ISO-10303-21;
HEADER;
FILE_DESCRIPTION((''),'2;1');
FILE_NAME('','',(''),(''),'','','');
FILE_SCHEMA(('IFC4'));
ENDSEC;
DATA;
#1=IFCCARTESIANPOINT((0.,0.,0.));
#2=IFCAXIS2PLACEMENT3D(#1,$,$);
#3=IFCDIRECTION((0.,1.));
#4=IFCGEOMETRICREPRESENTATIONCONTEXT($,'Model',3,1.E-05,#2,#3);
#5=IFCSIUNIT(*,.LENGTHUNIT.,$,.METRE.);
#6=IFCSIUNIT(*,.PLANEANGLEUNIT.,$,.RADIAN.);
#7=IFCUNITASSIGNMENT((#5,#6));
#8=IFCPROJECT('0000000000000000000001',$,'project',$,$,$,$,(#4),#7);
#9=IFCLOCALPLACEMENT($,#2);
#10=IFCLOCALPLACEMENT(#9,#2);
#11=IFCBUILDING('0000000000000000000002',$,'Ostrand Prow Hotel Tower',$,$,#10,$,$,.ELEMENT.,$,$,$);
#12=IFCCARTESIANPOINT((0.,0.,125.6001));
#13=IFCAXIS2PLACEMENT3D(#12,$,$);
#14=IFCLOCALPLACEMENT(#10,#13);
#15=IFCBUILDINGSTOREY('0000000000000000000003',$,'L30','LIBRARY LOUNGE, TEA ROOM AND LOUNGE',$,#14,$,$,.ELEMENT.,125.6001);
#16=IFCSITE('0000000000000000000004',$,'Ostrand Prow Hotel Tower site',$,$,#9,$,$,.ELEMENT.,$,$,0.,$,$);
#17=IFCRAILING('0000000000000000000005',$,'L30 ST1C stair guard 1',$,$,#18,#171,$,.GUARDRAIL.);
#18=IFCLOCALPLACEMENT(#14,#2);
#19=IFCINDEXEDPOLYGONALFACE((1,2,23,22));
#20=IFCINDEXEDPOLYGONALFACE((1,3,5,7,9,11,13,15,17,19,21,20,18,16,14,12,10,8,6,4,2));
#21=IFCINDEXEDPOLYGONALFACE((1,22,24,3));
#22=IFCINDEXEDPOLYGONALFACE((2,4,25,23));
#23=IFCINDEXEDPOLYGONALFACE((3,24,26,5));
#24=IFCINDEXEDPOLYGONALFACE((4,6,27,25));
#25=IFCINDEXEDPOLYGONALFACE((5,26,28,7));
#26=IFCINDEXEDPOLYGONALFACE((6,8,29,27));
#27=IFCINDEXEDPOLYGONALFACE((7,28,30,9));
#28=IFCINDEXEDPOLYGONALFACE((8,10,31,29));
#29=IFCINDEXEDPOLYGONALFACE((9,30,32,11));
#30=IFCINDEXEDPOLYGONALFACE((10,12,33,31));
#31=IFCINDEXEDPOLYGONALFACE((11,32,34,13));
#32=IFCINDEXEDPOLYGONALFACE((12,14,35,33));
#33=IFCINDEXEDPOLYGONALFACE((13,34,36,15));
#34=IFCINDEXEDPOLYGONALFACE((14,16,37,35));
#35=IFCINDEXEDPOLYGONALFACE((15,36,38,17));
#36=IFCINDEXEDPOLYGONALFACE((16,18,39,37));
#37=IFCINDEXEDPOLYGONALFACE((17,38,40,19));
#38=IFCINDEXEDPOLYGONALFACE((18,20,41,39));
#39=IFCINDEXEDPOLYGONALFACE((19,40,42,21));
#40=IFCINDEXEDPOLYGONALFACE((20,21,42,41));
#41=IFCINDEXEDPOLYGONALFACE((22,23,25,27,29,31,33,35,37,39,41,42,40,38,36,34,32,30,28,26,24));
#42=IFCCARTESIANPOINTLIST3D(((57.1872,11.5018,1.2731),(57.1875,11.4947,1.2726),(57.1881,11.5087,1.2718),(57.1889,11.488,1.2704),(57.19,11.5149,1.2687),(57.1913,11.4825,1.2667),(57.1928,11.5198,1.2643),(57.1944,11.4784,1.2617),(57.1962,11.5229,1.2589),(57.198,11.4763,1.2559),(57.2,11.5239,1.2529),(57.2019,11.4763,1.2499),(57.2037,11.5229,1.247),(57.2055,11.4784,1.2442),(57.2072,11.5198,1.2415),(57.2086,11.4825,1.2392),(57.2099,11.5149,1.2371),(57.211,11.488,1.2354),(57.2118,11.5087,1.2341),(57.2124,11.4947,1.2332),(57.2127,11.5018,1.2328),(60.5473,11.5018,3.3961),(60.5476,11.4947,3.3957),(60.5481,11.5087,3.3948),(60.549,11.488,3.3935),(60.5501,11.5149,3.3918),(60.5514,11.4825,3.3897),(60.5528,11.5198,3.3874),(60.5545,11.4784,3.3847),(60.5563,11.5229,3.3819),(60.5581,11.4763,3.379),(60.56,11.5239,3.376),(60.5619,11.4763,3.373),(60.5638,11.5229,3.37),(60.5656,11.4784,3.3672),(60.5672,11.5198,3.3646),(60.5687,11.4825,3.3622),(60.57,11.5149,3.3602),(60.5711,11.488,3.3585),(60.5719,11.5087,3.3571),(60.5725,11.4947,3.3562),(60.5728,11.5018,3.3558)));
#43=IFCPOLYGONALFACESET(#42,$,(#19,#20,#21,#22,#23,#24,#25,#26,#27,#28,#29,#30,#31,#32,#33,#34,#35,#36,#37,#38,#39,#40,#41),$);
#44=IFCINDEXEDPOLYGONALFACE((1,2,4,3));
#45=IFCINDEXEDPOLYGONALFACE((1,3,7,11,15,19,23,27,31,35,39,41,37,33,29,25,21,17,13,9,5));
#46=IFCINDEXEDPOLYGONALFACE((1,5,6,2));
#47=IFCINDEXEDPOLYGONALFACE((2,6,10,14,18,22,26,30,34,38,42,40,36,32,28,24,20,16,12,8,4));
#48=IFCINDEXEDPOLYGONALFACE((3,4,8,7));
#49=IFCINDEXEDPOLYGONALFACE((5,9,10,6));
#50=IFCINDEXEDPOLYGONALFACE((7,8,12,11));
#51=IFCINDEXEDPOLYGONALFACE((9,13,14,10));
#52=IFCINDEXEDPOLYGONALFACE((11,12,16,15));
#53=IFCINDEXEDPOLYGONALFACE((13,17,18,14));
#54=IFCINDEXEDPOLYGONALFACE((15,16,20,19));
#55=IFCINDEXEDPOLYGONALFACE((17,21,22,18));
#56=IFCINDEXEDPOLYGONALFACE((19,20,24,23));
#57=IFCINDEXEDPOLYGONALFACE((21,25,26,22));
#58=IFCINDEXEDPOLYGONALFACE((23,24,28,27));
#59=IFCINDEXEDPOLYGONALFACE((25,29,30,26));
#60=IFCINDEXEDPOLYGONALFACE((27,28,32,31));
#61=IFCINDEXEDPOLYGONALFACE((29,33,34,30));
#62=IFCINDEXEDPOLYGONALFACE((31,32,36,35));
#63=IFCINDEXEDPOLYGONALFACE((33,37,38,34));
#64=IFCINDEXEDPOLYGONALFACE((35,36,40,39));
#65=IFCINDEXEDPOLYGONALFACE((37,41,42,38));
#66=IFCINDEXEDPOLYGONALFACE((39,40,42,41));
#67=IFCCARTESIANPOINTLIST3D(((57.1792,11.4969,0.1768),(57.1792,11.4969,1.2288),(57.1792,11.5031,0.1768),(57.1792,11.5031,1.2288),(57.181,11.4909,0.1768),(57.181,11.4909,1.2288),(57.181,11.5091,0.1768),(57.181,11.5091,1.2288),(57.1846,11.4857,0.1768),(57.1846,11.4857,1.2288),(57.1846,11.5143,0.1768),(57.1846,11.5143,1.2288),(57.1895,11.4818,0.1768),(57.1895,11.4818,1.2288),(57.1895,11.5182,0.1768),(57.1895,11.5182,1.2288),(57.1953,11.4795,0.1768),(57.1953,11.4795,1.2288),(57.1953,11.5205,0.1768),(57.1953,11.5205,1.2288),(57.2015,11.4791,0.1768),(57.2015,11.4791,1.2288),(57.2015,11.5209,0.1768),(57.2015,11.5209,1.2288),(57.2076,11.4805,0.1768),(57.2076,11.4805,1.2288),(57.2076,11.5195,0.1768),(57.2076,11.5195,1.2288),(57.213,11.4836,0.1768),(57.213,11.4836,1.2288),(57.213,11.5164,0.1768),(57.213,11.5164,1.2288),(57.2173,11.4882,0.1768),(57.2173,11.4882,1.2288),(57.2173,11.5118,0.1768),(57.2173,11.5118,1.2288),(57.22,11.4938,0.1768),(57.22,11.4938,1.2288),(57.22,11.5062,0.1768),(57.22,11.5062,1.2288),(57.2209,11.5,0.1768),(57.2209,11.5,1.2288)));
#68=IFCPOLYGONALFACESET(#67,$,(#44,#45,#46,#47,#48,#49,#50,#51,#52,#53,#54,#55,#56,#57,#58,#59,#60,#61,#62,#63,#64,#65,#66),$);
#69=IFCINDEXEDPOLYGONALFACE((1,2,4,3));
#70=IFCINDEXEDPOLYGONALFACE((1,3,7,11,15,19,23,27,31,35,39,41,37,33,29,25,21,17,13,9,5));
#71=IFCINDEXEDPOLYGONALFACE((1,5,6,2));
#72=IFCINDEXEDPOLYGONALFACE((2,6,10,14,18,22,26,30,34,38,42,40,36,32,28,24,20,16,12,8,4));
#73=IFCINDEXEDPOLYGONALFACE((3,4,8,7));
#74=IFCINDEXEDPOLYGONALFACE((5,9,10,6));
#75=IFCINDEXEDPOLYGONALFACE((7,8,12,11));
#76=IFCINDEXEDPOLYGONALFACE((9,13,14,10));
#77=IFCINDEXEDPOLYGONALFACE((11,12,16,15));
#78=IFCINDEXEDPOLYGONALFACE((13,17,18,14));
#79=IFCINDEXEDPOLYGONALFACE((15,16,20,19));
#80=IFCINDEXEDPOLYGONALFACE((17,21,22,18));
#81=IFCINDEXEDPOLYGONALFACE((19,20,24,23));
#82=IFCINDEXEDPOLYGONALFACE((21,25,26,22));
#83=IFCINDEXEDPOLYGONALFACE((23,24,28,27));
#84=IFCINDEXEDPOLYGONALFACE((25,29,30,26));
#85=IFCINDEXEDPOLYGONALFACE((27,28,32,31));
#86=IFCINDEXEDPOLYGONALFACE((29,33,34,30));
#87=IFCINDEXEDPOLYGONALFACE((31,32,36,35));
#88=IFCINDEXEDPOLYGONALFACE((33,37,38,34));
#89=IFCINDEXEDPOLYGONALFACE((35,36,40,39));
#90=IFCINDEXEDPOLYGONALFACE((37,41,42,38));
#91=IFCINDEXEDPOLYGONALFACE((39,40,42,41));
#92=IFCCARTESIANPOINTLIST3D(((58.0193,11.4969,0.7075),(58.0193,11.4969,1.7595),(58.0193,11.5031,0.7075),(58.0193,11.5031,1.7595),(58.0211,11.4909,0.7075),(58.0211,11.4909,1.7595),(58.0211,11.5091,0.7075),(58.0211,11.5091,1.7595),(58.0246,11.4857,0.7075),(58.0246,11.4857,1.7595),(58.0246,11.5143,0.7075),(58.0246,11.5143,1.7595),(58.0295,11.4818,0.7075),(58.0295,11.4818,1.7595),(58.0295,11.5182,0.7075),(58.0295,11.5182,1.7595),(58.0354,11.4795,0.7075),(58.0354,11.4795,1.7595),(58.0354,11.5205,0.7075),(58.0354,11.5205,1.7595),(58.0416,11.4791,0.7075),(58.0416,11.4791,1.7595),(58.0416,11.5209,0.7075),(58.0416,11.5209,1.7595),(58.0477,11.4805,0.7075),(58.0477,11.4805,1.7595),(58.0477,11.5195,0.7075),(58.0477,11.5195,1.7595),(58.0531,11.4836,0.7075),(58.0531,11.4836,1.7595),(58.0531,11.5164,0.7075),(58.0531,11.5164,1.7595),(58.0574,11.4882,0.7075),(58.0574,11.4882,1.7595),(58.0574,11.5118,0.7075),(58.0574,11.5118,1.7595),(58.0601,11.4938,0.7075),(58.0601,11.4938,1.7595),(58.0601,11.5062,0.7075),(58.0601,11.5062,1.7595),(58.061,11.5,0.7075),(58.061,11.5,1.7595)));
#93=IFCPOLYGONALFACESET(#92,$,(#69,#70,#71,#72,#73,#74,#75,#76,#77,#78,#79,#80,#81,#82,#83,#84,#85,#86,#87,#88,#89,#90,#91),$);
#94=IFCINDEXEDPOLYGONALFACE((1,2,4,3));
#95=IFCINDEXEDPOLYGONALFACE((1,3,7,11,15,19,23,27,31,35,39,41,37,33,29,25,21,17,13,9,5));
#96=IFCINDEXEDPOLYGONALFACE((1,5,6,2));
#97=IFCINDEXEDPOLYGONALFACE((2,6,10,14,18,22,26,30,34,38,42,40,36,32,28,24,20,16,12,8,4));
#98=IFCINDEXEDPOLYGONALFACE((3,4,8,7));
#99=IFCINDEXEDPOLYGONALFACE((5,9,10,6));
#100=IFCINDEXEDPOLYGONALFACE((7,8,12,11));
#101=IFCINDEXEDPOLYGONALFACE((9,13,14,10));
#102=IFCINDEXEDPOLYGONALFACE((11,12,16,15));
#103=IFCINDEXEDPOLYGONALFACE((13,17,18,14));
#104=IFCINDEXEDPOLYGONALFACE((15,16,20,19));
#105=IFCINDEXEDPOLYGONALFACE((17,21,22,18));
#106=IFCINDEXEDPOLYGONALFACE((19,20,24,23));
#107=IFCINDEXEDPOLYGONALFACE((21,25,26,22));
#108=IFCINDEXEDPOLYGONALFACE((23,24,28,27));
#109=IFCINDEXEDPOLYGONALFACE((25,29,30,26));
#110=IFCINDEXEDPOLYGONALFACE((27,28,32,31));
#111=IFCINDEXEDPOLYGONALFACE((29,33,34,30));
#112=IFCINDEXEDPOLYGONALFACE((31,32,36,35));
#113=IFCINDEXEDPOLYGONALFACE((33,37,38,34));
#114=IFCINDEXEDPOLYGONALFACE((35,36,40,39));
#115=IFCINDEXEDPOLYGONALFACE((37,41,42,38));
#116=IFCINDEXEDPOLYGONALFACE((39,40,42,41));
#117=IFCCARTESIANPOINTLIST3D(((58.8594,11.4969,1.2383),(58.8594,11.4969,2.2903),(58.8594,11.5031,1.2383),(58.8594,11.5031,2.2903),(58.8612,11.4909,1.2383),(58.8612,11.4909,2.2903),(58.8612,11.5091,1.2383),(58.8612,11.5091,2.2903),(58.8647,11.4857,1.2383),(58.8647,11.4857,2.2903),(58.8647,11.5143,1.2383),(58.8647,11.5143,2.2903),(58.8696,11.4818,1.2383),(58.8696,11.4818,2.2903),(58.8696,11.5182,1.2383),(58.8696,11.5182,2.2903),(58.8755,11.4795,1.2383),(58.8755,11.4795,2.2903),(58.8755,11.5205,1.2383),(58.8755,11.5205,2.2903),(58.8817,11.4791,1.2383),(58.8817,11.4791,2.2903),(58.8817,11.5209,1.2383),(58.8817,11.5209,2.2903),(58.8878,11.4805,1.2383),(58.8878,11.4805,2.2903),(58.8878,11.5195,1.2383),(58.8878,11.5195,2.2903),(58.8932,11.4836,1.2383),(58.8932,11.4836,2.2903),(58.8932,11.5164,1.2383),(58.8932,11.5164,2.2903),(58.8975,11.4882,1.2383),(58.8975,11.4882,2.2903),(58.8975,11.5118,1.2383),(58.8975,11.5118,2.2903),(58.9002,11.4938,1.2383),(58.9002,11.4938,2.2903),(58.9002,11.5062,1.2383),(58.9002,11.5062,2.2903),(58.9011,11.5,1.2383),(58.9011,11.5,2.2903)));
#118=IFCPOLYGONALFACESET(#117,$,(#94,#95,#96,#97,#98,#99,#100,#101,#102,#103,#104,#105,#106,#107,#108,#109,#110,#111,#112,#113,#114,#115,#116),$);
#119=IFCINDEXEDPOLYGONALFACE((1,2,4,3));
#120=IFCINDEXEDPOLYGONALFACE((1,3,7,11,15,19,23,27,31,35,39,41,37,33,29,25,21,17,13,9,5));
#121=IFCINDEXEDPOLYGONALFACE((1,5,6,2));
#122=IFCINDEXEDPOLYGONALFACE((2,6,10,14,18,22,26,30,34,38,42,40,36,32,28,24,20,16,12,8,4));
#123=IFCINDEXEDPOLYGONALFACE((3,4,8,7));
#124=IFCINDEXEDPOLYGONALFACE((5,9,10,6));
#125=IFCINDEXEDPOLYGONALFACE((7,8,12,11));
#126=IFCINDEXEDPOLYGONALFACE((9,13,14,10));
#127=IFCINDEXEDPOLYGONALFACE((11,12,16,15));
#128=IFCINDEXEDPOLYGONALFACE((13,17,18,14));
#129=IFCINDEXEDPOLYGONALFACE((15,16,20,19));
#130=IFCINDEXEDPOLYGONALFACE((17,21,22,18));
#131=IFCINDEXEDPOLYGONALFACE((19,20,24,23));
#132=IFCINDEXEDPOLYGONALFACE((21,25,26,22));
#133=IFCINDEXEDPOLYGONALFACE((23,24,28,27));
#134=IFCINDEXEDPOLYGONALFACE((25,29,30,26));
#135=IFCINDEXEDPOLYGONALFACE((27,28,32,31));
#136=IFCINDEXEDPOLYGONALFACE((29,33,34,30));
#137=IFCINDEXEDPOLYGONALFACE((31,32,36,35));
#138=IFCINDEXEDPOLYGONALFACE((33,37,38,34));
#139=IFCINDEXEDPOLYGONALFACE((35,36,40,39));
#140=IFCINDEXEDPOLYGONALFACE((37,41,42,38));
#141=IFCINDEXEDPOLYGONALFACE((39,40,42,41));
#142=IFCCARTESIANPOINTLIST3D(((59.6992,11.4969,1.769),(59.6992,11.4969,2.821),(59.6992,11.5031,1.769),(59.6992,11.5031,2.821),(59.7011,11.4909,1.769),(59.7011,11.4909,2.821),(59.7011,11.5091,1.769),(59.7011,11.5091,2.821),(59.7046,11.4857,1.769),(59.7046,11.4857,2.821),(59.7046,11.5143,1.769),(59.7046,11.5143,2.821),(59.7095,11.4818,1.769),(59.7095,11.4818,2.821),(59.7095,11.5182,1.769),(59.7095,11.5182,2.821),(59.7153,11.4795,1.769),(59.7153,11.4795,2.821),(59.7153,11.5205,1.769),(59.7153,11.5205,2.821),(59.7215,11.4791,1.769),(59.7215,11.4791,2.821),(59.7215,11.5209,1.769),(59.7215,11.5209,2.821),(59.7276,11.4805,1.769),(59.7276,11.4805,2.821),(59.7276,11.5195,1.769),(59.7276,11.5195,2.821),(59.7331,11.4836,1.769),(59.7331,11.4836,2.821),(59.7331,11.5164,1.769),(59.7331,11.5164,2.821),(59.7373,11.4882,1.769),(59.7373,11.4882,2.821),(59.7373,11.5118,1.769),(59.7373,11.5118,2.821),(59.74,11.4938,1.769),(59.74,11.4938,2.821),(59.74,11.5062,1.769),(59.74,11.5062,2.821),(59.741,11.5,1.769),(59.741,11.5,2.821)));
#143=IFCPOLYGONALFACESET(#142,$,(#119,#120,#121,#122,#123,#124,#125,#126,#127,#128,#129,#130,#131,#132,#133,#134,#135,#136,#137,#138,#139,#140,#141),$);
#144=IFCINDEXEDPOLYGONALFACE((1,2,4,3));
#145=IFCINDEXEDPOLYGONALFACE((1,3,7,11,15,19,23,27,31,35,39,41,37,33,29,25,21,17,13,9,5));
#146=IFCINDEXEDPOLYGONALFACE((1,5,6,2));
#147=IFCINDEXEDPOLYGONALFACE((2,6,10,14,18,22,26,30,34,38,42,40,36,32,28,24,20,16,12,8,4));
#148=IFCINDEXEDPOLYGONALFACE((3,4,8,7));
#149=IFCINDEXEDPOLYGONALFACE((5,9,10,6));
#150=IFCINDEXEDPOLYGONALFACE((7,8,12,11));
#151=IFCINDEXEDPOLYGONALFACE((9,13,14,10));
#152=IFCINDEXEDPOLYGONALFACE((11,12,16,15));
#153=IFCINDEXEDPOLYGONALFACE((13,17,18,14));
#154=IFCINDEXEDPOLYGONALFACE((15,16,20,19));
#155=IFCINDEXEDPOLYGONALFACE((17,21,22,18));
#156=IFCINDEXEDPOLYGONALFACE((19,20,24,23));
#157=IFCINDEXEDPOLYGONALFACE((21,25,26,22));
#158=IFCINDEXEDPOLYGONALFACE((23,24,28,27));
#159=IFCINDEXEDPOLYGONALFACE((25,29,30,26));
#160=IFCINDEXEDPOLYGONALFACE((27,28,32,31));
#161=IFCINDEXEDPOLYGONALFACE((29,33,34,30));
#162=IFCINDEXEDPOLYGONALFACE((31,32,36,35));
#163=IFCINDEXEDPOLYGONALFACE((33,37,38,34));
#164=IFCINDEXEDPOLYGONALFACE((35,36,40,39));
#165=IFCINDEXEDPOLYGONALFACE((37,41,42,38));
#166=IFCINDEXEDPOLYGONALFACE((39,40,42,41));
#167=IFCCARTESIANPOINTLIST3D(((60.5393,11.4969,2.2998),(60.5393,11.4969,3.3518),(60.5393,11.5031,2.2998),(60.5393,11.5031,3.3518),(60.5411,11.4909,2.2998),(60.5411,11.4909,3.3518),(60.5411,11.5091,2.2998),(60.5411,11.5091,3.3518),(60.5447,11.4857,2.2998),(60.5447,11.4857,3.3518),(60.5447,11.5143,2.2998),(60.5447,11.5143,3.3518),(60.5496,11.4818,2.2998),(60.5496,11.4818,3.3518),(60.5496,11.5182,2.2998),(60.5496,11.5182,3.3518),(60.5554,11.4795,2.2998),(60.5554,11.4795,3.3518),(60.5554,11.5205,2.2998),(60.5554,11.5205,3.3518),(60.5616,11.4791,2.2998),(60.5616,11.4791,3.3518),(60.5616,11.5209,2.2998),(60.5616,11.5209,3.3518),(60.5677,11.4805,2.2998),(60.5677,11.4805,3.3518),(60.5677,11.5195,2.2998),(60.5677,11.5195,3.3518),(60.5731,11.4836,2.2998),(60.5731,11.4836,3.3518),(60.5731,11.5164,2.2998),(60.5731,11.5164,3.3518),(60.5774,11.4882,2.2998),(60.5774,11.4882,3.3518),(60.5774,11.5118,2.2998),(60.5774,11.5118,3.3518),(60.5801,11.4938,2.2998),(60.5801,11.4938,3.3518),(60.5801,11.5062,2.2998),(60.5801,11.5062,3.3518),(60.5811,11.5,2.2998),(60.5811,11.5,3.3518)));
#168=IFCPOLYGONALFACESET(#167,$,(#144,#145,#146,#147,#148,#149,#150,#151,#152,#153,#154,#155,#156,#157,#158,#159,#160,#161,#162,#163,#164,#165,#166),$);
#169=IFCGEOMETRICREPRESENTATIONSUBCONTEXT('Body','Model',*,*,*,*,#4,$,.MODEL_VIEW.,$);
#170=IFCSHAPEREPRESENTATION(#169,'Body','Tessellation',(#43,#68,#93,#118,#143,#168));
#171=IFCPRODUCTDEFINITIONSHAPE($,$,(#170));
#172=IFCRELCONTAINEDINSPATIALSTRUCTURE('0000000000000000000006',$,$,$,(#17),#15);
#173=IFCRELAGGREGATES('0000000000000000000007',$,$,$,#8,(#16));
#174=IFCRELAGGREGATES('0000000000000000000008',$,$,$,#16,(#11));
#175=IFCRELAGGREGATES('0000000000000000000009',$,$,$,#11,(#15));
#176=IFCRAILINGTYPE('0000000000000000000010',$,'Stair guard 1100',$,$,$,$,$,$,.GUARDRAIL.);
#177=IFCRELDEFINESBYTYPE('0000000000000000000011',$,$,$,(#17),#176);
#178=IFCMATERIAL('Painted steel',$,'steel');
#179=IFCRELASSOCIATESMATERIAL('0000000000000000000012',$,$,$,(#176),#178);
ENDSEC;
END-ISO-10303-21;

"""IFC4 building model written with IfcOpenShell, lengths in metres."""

from ifc_helpers import new_model, si_unit, direction, frame, origin, origin_2d, place, context, subcontext, project, spatial, circle, extrude, material, type_object, element, save


model = new_model("IFC4")

# Units and contexts
model_context = context("Model", 3, precision=1e-05, world=origin(), true_north=direction((0.0, 1.0)))
body_context = subcontext(model_context, "Body", "Model", "MODEL_VIEW")
ifc_project = project(units=[si_unit("LENGTHUNIT", "METRE"), si_unit("PLANEANGLEUNIT", "RADIAN")], contexts=[model_context])

# Site, building, storey
site_placement = place(None, origin())
site = spatial("IfcSite", under=ifc_project, at=site_placement, Name="Ostrand Prow Hotel Tower site", CompositionType="ELEMENT", RefElevation=0.0)
building_placement = place(site_placement, origin())
building = spatial("IfcBuilding", under=site, at=building_placement, Name="Ostrand Prow Hotel Tower", CompositionType="ELEMENT")
storey_placement = place(building_placement, frame((0.0, 0.0, 125.6001)))
storey = spatial("IfcBuildingStorey", under=building, at=storey_placement, Name="L30", Description="LIBRARY LOUNGE, TEA ROOM AND LOUNGE", CompositionType="ELEMENT", Elevation=125.6001)

# Railing
ifc_material_1 = material(Name="Painted steel", Category="steel")
railing_type_1 = type_object("IfcRailingType", Name="Stair guard 1100", PredefinedType="GUARDRAIL", material=ifc_material_1)
railing_1_placement = place(storey_placement, frame((57.2, 11.5, 0.1768)))
element("IfcRailing", 1, at=railing_1_placement, inside=storey, type_object=railing_type_1, Name="L30 ST1C stair guard 1", PredefinedType="GUARDRAIL", context=body_context, shape_type="SweptSolid", body=[
    extrude(circle(Radius=0.0239, at=origin_2d()), frame((0.0, 0.0, 1.0762), z_axis=(0.84539, 0.0, 0.53415), x_axis=(0.0, 1.0, 0.0)), (0.0, 0.0, 1.0), 3.9746),
    extrude(circle(Radius=0.021, at=origin_2d()), origin(), (0.0, 0.0, 1.0), 1.052),
    extrude(circle(Radius=0.021, at=origin_2d()), frame((0.8401, 0.0, 0.5308)), (0.0, 0.0, 1.0), 1.052),
    extrude(circle(Radius=0.021, at=origin_2d()), frame((1.6802, 0.0, 1.0615)), (0.0, 0.0, 1.0), 1.052),
    extrude(circle(Radius=0.021, at=origin_2d()), frame((2.52, 0.0, 1.5923)), (0.0, 0.0, 1.0), 1.052),
    extrude(circle(Radius=0.021, at=origin_2d()), frame((3.3601, 0.0, 2.123)), (0.0, 0.0, 1.0), 1.052),
])

save(model, "model.ifc")
